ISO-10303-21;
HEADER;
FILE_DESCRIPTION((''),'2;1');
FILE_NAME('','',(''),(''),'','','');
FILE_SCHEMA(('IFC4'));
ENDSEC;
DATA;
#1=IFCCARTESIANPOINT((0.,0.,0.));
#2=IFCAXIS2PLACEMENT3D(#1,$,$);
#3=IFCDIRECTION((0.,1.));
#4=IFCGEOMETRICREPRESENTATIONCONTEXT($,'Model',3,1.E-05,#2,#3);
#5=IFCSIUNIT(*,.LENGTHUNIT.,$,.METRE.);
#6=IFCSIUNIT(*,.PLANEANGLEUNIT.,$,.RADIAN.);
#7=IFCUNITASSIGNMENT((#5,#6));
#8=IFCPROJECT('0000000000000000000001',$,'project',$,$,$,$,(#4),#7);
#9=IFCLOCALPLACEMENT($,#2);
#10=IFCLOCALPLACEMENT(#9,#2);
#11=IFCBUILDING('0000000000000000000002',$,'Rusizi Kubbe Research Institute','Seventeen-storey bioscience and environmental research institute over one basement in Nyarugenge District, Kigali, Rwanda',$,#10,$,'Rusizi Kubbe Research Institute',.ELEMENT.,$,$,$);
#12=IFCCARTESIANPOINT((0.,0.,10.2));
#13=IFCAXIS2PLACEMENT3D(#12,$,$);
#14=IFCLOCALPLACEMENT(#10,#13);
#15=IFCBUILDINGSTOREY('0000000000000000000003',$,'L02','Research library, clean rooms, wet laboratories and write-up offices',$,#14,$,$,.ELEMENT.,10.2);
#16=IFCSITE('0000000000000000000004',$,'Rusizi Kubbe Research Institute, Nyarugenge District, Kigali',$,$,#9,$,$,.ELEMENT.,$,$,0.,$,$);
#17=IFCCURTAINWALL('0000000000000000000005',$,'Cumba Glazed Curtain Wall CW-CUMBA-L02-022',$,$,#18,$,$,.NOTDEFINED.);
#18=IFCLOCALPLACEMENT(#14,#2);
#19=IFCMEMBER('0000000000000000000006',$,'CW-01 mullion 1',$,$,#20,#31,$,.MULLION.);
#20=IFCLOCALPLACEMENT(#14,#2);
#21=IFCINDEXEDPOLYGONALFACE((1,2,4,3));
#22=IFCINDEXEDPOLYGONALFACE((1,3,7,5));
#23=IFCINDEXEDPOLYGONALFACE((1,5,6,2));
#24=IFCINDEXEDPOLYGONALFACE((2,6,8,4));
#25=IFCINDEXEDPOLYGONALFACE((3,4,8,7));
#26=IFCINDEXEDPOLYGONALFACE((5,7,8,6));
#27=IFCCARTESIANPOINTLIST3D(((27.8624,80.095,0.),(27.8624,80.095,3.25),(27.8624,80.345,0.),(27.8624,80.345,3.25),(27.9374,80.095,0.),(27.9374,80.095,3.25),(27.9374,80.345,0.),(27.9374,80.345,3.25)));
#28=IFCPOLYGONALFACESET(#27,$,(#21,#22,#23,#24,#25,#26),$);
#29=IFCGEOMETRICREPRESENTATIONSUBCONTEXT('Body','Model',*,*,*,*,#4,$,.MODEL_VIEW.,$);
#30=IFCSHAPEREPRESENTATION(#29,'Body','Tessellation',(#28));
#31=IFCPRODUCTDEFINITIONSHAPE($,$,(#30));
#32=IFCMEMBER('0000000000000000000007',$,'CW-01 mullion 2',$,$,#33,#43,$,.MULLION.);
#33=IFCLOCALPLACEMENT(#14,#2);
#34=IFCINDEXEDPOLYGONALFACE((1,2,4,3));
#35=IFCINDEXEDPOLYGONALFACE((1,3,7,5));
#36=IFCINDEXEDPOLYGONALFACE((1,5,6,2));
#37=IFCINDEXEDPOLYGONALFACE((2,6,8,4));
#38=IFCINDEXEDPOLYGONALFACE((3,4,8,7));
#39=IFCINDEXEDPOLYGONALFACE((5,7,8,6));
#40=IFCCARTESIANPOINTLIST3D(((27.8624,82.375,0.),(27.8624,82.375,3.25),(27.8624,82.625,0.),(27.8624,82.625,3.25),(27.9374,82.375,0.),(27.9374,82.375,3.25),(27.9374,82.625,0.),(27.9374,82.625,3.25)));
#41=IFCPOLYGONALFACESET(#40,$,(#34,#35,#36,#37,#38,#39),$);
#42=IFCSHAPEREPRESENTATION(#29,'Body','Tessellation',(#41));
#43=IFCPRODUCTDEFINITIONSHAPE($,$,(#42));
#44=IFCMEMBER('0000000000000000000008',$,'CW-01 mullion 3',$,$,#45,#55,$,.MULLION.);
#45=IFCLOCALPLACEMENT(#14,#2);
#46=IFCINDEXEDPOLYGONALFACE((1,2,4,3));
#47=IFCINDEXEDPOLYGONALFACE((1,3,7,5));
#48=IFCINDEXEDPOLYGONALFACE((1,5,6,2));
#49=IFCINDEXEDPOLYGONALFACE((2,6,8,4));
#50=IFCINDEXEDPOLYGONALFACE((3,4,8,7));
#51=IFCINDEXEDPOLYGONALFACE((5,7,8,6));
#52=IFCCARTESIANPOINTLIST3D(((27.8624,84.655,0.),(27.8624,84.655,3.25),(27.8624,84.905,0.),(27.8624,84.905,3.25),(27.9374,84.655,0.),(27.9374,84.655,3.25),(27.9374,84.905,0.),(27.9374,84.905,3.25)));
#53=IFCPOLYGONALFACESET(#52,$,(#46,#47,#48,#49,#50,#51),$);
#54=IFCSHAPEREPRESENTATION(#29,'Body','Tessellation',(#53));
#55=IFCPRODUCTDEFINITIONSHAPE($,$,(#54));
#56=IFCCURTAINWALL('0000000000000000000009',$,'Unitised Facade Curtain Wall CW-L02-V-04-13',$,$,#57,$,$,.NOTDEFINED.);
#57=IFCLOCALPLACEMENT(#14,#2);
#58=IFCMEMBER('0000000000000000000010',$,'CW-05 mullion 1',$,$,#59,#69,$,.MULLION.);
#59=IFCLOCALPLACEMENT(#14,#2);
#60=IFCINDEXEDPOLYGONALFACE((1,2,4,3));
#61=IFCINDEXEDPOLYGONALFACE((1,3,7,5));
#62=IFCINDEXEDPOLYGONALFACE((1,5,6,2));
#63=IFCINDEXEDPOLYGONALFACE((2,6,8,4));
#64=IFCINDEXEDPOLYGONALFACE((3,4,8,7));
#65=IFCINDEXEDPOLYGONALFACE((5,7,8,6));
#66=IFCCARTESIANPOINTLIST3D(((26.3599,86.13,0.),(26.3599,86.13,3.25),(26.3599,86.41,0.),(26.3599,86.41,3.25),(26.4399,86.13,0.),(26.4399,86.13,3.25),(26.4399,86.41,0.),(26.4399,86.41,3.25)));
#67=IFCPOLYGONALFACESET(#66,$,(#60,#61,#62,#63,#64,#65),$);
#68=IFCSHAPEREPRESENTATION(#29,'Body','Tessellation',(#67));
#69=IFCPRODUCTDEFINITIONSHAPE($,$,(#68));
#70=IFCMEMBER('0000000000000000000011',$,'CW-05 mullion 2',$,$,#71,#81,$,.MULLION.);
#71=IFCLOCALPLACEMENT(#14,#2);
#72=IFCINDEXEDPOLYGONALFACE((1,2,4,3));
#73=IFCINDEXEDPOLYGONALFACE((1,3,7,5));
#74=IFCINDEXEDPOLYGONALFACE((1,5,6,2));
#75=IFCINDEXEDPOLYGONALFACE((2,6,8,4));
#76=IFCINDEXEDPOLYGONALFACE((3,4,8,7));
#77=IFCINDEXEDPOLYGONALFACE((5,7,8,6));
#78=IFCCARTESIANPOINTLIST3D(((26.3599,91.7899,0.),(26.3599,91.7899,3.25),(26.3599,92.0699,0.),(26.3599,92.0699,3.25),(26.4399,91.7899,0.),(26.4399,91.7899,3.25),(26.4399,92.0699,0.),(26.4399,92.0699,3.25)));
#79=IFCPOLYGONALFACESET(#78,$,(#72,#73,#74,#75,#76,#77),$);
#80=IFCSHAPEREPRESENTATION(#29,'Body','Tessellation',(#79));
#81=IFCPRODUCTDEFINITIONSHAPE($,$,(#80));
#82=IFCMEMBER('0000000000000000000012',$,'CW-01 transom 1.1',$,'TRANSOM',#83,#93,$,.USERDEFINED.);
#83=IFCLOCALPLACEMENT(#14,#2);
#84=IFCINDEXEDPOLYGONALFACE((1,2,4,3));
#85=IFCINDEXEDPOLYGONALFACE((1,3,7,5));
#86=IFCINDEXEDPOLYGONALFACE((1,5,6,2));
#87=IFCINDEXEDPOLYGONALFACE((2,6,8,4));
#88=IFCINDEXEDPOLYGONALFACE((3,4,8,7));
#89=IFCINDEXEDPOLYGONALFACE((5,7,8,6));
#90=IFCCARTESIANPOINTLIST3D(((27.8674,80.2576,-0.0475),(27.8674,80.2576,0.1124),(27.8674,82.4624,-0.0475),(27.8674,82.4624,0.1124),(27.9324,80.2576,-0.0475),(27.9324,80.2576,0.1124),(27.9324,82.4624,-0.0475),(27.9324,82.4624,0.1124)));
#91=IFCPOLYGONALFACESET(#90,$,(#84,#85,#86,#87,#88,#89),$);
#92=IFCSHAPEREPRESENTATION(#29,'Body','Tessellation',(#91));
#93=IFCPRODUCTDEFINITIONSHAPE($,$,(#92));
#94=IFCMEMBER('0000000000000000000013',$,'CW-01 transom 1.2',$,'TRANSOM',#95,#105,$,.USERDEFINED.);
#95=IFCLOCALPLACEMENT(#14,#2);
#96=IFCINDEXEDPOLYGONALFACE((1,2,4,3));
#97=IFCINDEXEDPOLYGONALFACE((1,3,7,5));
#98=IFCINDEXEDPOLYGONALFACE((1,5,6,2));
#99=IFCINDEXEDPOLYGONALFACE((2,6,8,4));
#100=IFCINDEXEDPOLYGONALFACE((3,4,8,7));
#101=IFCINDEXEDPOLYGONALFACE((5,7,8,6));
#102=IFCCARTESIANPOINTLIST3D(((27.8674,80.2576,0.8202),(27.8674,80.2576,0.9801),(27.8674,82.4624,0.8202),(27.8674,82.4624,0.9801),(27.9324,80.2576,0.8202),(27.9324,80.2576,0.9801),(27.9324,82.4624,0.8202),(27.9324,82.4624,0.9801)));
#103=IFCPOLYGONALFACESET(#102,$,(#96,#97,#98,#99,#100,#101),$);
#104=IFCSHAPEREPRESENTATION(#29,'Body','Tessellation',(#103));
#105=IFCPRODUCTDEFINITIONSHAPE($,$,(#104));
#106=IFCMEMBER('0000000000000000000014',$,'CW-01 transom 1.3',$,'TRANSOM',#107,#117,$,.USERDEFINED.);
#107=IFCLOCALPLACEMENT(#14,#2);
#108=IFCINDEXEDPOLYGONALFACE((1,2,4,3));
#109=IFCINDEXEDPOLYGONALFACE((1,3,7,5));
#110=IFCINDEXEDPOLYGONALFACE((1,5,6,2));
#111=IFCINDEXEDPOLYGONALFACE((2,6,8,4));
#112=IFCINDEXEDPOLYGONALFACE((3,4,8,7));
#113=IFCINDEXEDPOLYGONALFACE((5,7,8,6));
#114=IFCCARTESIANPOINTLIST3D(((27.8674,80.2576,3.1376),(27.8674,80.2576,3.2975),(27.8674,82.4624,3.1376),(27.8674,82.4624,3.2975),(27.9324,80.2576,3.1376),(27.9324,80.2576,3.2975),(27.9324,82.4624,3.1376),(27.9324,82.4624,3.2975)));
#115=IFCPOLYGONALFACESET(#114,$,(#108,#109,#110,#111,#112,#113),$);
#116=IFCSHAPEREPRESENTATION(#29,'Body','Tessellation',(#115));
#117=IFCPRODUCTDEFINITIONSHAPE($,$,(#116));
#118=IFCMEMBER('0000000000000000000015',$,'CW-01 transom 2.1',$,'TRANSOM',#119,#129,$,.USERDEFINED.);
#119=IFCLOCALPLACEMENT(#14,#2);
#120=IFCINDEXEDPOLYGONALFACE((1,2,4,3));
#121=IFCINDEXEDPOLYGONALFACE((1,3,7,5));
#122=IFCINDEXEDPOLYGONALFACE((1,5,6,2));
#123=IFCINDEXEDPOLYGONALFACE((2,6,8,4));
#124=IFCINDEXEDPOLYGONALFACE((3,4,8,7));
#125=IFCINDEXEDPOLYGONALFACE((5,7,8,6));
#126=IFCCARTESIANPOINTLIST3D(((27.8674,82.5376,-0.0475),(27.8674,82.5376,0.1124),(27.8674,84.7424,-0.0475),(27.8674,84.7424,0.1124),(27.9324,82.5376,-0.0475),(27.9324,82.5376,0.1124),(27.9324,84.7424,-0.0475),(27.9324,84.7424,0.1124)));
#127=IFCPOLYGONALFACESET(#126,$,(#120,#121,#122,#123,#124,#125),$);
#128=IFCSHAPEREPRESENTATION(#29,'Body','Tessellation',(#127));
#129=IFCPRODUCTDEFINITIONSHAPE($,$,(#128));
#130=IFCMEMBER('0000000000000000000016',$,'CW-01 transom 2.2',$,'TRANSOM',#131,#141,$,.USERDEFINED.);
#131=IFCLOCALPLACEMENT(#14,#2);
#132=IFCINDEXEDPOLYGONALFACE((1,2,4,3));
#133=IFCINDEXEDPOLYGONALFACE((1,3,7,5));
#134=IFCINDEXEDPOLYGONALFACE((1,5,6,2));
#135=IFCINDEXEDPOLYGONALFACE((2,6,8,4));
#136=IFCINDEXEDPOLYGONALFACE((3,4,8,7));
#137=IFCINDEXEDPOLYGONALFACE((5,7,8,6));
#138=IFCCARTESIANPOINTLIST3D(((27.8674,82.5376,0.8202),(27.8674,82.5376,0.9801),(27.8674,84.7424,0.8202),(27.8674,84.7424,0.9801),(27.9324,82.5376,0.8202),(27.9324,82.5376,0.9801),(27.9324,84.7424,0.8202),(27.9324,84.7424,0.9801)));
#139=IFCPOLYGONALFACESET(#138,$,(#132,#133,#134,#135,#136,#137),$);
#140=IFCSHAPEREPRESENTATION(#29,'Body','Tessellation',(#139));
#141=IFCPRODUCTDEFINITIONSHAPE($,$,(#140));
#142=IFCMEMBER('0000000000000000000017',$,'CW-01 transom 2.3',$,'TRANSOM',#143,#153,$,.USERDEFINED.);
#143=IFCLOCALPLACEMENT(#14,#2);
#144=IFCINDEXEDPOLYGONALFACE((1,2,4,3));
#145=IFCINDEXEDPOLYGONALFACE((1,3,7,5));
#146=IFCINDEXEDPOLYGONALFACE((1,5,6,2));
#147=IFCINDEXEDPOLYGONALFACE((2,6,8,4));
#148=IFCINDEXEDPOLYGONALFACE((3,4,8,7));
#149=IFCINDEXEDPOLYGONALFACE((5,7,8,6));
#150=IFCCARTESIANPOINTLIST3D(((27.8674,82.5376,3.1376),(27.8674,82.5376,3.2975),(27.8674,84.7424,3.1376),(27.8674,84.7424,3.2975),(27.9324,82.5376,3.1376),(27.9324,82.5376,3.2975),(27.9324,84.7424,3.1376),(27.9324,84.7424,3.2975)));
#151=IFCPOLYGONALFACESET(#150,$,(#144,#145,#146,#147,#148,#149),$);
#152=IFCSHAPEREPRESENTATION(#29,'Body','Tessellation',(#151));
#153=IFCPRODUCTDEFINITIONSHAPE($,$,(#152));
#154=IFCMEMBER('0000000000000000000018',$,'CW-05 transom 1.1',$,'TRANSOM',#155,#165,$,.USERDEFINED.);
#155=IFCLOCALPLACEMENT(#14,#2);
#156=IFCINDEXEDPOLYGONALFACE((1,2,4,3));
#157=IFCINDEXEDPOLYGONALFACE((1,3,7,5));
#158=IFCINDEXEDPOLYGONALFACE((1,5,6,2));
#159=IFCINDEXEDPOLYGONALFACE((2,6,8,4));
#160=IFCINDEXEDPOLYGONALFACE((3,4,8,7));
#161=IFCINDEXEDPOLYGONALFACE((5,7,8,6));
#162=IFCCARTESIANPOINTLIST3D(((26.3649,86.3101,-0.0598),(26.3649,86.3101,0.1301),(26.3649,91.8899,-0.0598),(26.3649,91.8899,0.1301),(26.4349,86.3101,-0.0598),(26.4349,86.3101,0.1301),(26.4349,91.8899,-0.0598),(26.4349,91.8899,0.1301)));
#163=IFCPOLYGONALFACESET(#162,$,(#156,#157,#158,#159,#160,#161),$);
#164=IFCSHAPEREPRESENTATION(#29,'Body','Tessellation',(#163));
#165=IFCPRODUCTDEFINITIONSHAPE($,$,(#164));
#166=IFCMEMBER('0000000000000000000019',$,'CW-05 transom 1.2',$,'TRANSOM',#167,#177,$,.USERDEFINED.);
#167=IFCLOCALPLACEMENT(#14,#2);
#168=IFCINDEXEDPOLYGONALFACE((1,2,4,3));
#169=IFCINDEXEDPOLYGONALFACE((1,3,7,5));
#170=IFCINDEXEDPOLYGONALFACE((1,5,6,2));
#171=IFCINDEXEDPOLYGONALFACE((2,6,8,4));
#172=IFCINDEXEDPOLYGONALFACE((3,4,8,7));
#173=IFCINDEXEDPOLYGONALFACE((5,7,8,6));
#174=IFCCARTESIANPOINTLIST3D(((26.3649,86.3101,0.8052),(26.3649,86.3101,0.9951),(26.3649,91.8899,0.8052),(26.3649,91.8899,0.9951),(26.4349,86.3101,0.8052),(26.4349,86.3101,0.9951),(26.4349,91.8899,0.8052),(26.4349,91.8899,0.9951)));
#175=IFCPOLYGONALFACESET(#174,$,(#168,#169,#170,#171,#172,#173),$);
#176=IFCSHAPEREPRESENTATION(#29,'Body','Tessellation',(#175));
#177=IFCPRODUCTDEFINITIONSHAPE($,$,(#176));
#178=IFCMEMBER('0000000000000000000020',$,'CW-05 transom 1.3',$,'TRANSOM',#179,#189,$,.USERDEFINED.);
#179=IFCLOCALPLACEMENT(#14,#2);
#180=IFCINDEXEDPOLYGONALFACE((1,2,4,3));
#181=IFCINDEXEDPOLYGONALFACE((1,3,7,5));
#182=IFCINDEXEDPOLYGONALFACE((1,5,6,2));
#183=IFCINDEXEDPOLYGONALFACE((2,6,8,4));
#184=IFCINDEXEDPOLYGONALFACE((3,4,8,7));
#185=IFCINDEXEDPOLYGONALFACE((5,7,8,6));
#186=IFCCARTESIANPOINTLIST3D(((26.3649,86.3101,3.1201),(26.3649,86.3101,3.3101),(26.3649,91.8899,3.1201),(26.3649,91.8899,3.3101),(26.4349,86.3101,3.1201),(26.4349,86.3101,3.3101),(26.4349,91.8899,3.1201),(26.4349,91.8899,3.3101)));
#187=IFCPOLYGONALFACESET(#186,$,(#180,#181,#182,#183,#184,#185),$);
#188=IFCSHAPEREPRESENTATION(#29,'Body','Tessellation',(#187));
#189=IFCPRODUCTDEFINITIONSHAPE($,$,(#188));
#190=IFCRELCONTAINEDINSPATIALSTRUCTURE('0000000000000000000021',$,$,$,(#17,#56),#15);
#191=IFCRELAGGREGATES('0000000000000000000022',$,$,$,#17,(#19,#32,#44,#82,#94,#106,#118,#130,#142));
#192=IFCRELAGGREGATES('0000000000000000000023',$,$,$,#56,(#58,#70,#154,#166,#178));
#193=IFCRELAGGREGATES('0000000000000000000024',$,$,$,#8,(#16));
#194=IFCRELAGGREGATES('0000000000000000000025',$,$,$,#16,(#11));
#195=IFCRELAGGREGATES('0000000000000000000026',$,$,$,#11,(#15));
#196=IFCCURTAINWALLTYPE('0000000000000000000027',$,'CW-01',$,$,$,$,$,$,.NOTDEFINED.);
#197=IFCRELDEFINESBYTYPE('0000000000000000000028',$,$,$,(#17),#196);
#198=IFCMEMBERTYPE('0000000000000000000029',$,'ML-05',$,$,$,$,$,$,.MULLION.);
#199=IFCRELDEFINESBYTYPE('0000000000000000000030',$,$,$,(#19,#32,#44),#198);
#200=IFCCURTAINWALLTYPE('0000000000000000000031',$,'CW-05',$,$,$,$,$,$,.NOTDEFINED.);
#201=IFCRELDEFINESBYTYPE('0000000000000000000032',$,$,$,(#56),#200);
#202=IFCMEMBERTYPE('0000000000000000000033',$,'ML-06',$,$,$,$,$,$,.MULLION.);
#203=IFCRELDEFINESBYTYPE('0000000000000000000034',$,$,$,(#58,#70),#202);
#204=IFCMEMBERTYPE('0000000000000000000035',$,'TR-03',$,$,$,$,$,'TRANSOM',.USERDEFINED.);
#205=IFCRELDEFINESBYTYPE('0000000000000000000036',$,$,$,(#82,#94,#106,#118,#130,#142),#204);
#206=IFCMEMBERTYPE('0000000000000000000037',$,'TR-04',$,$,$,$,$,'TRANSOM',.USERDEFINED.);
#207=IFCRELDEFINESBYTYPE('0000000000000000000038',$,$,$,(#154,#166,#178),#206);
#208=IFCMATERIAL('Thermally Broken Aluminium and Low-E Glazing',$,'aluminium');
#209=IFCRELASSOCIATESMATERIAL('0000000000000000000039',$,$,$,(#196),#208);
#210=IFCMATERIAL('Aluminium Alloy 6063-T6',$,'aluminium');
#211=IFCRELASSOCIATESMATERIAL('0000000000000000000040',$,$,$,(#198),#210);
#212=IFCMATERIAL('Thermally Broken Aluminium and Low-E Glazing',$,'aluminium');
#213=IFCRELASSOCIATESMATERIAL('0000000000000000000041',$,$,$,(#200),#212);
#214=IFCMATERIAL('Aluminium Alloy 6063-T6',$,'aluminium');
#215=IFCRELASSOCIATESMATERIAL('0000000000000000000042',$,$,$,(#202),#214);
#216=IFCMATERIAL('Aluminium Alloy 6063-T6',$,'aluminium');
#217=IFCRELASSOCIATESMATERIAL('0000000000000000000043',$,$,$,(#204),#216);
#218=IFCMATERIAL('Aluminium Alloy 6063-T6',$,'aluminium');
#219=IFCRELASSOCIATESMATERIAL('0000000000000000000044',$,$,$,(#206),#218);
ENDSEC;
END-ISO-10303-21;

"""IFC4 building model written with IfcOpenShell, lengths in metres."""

from ifc_helpers import new_model, si_unit, direction, frame, origin, origin_2d, place, context, subcontext, project, spatial, rectangle, extrude, material, material_profile, profile_set, type_object, element, aggregate, save


model = new_model("IFC4")

# Units and contexts
model_context = context("Model", 3, precision=1e-05, world=origin(), true_north=direction((0.0, 1.0)))
body_context = subcontext(model_context, "Body", "Model", "MODEL_VIEW")
ifc_project = project(units=[si_unit("LENGTHUNIT", "METRE"), si_unit("PLANEANGLEUNIT", "RADIAN")], contexts=[model_context])

# Site, building, storey
site_placement = place(None, origin())
site = spatial("IfcSite", under=ifc_project, at=site_placement, Name="Rusizi Kubbe Research Institute, Nyarugenge District, Kigali", CompositionType="ELEMENT", RefElevation=0.0)
building_placement = place(site_placement, origin())
building = spatial("IfcBuilding", under=site, at=building_placement, Name="Rusizi Kubbe Research Institute", Description="Seventeen-storey bioscience and environmental research institute over one basement in Nyarugenge District, Kigali, Rwanda", LongName="Rusizi Kubbe Research Institute", CompositionType="ELEMENT")
storey_placement = place(building_placement, frame((0.0, 0.0, 10.2)))
storey = spatial("IfcBuildingStorey", under=building, at=storey_placement, Name="L02", Description="Research library, clean rooms, wet laboratories and write-up offices", CompositionType="ELEMENT", Elevation=10.2)

# Curtain walls, members
ifc_material_1 = material(Name="Thermally Broken Aluminium and Low-E Glazing", Category="aluminium")
curtain_wall_type_1 = type_object("IfcCurtainWallType", Name="CW-01", PredefinedType="NOTDEFINED", material=ifc_material_1)
curtain_wall_1_placement = place(storey_placement, origin())
curtain_wall_1 = element("IfcCurtainWall", 1, at=curtain_wall_1_placement, inside=storey, type_object=curtain_wall_type_1, Name="Cumba Glazed Curtain Wall CW-CUMBA-L02-022", PredefinedType="NOTDEFINED")
ifc_material_2 = material(Name="Aluminium Alloy 6063-T6", Category="aluminium")
ifc_material_profile_1 = material_profile(ifc_material_2, rectangle(XDim=0.075, YDim=0.25, at=origin_2d()), Name="ALU-M 75x250")
ifc_profile_set_1 = profile_set([ifc_material_profile_1], Name="Aluminium Alloy 6063-T6")
member_type_1 = type_object("IfcMemberType", Name="ML-05", PredefinedType="MULLION", material=ifc_profile_set_1)
member_1_placement = place(storey_placement, frame((27.8999, 80.22, 0.0), z_axis=(0.0, 0.0, 1.0), x_axis=(-1.0, 0.0, 0.0)))
member_1 = element("IfcMember", 2, at=member_1_placement, type_object=member_type_1, Name="CW-01 mullion 1", PredefinedType="MULLION", context=body_context, shape_type="SweptSolid", body=[
    extrude(rectangle(XDim=0.075, YDim=0.25, at=origin_2d()), origin(), (0.0, 0.0, 1.0), 3.25),
])
member_2_placement = place(storey_placement, frame((27.8999, 82.5, 0.0), z_axis=(0.0, 0.0, 1.0), x_axis=(-1.0, 0.0, 0.0)))
member_2 = element("IfcMember", 3, at=member_2_placement, type_object=member_type_1, Name="CW-01 mullion 2", PredefinedType="MULLION", context=body_context, shape_type="SweptSolid", body=[
    extrude(rectangle(XDim=0.075, YDim=0.25, at=origin_2d()), origin(), (0.0, 0.0, 1.0), 3.25),
])
member_3_placement = place(storey_placement, frame((27.8999, 84.78, 0.0), z_axis=(0.0, 0.0, 1.0), x_axis=(-1.0, 0.0, 0.0)))
member_3 = element("IfcMember", 4, at=member_3_placement, type_object=member_type_1, Name="CW-01 mullion 3", PredefinedType="MULLION", context=body_context, shape_type="SweptSolid", body=[
    extrude(rectangle(XDim=0.075, YDim=0.25, at=origin_2d()), origin(), (0.0, 0.0, 1.0), 3.25),
])
ifc_material_3 = material(Name="Thermally Broken Aluminium and Low-E Glazing", Category="aluminium")
curtain_wall_type_2 = type_object("IfcCurtainWallType", Name="CW-05", PredefinedType="NOTDEFINED", material=ifc_material_3)
curtain_wall_2_placement = place(storey_placement, origin())
curtain_wall_2 = element("IfcCurtainWall", 5, at=curtain_wall_2_placement, inside=storey, type_object=curtain_wall_type_2, Name="Unitised Facade Curtain Wall CW-L02-V-04-13", PredefinedType="NOTDEFINED")
ifc_material_4 = material(Name="Aluminium Alloy 6063-T6", Category="aluminium")
ifc_material_profile_2 = material_profile(ifc_material_4, rectangle(XDim=0.0801, YDim=0.28, at=origin_2d()), Name="ALU-M 80x280")
ifc_profile_set_2 = profile_set([ifc_material_profile_2], Name="Aluminium Alloy 6063-T6")
member_type_2 = type_object("IfcMemberType", Name="ML-06", PredefinedType="MULLION", material=ifc_profile_set_2)
member_4_placement = place(storey_placement, frame((26.3999, 86.27, 0.0), z_axis=(0.0, 0.0, 1.0), x_axis=(-1.0, 0.0, 0.0)))
member_4 = element("IfcMember", 6, at=member_4_placement, type_object=member_type_2, Name="CW-05 mullion 1", PredefinedType="MULLION", context=body_context, shape_type="SweptSolid", body=[
    extrude(rectangle(XDim=0.0801, YDim=0.28, at=origin_2d()), origin(), (0.0, 0.0, 1.0), 3.25),
])
member_5_placement = place(storey_placement, frame((26.3999, 91.9299, 0.0), z_axis=(0.0, 0.0, 1.0), x_axis=(-1.0, 0.0, 0.0)))
member_5 = element("IfcMember", 7, at=member_5_placement, type_object=member_type_2, Name="CW-05 mullion 2", PredefinedType="MULLION", context=body_context, shape_type="SweptSolid", body=[
    extrude(rectangle(XDim=0.0801, YDim=0.28, at=origin_2d()), origin(), (0.0, 0.0, 1.0), 3.25),
])

# Members
ifc_material_5 = material(Name="Aluminium Alloy 6063-T6", Category="aluminium")
ifc_material_profile_3 = material_profile(ifc_material_5, rectangle(XDim=0.0649, YDim=0.1599, at=origin_2d()), Name="ALU-T 65x160")
ifc_profile_set_3 = profile_set([ifc_material_profile_3], Name="Aluminium Alloy 6063-T6")
member_type_3 = type_object("IfcMemberType", Name="TR-03", ElementType="TRANSOM", PredefinedType="USERDEFINED", material=ifc_profile_set_3)
member_6_placement = place(storey_placement, frame((27.8999, 80.2576, 0.0325), z_axis=(0.0, 1.0, 0.0), x_axis=(-1.0, 0.0, 0.0)))
member_6 = element("IfcMember", 8, at=member_6_placement, type_object=member_type_3, Name="CW-01 transom 1.1", ObjectType="TRANSOM", PredefinedType="USERDEFINED", context=body_context, shape_type="SweptSolid", body=[
    extrude(rectangle(XDim=0.0649, YDim=0.1599, at=origin_2d()), origin(), (0.0, 0.0, 1.0), 2.2048),
])
member_7_placement = place(storey_placement, frame((27.8999, 80.2576, 0.9001), z_axis=(0.0, 1.0, 0.0), x_axis=(-1.0, 0.0, 0.0)))
member_7 = element("IfcMember", 9, at=member_7_placement, type_object=member_type_3, Name="CW-01 transom 1.2", ObjectType="TRANSOM", PredefinedType="USERDEFINED", context=body_context, shape_type="SweptSolid", body=[
    extrude(rectangle(XDim=0.0649, YDim=0.1599, at=origin_2d()), origin(), (0.0, 0.0, 1.0), 2.2048),
])
member_8_placement = place(storey_placement, frame((27.8999, 80.2576, 3.2175), z_axis=(0.0, 1.0, 0.0), x_axis=(-1.0, 0.0, 0.0)))
member_8 = element("IfcMember", 10, at=member_8_placement, type_object=member_type_3, Name="CW-01 transom 1.3", ObjectType="TRANSOM", PredefinedType="USERDEFINED", context=body_context, shape_type="SweptSolid", body=[
    extrude(rectangle(XDim=0.0649, YDim=0.1599, at=origin_2d()), origin(), (0.0, 0.0, 1.0), 2.2048),
])
member_9_placement = place(storey_placement, frame((27.8999, 82.5376, 0.0325), z_axis=(0.0, 1.0, 0.0), x_axis=(-1.0, 0.0, 0.0)))
member_9 = element("IfcMember", 11, at=member_9_placement, type_object=member_type_3, Name="CW-01 transom 2.1", ObjectType="TRANSOM", PredefinedType="USERDEFINED", context=body_context, shape_type="SweptSolid", body=[
    extrude(rectangle(XDim=0.0649, YDim=0.1599, at=origin_2d()), origin(), (0.0, 0.0, 1.0), 2.2048),
])
member_10_placement = place(storey_placement, frame((27.8999, 82.5376, 0.9001), z_axis=(0.0, 1.0, 0.0), x_axis=(-1.0, 0.0, 0.0)))
member_10 = element("IfcMember", 12, at=member_10_placement, type_object=member_type_3, Name="CW-01 transom 2.2", ObjectType="TRANSOM", PredefinedType="USERDEFINED", context=body_context, shape_type="SweptSolid", body=[
    extrude(rectangle(XDim=0.0649, YDim=0.1599, at=origin_2d()), origin(), (0.0, 0.0, 1.0), 2.2048),
])
member_11_placement = place(storey_placement, frame((27.8999, 82.5376, 3.2175), z_axis=(0.0, 1.0, 0.0), x_axis=(-1.0, 0.0, 0.0)))
member_11 = element("IfcMember", 13, at=member_11_placement, type_object=member_type_3, Name="CW-01 transom 2.3", ObjectType="TRANSOM", PredefinedType="USERDEFINED", context=body_context, shape_type="SweptSolid", body=[
    extrude(rectangle(XDim=0.0649, YDim=0.1599, at=origin_2d()), origin(), (0.0, 0.0, 1.0), 2.2048),
])
ifc_material_6 = material(Name="Aluminium Alloy 6063-T6", Category="aluminium")
ifc_material_profile_4 = material_profile(ifc_material_6, rectangle(XDim=0.0701, YDim=0.1899, at=origin_2d()), Name="ALU-T 70x190")
ifc_profile_set_4 = profile_set([ifc_material_profile_4], Name="Aluminium Alloy 6063-T6")
member_type_4 = type_object("IfcMemberType", Name="TR-04", ElementType="TRANSOM", PredefinedType="USERDEFINED", material=ifc_profile_set_4)
member_12_placement = place(storey_placement, frame((26.3999, 86.3101, 0.0352), z_axis=(0.0, 1.0, 0.0), x_axis=(-1.0, 0.0, 0.0)))
member_12 = element("IfcMember", 14, at=member_12_placement, type_object=member_type_4, Name="CW-05 transom 1.1", ObjectType="TRANSOM", PredefinedType="USERDEFINED", context=body_context, shape_type="SweptSolid", body=[
    extrude(rectangle(XDim=0.0701, YDim=0.1899, at=origin_2d()), origin(), (0.0, 0.0, 1.0), 5.5798),
])
member_13_placement = place(storey_placement, frame((26.3999, 86.3101, 0.9001), z_axis=(0.0, 1.0, 0.0), x_axis=(-1.0, 0.0, 0.0)))
member_13 = element("IfcMember", 15, at=member_13_placement, type_object=member_type_4, Name="CW-05 transom 1.2", ObjectType="TRANSOM", PredefinedType="USERDEFINED", context=body_context, shape_type="SweptSolid", body=[
    extrude(rectangle(XDim=0.0701, YDim=0.1899, at=origin_2d()), origin(), (0.0, 0.0, 1.0), 5.5798),
])
member_14_placement = place(storey_placement, frame((26.3999, 86.3101, 3.2151), z_axis=(0.0, 1.0, 0.0), x_axis=(-1.0, 0.0, 0.0)))
member_14 = element("IfcMember", 16, at=member_14_placement, type_object=member_type_4, Name="CW-05 transom 1.3", ObjectType="TRANSOM", PredefinedType="USERDEFINED", context=body_context, shape_type="SweptSolid", body=[
    extrude(rectangle(XDim=0.0701, YDim=0.1899, at=origin_2d()), origin(), (0.0, 0.0, 1.0), 5.5798),
])

aggregate(curtain_wall_1, [member_1, member_2, member_3, member_6, member_7, member_8, member_9, member_10, member_11])
aggregate(curtain_wall_2, [member_4, member_5, member_12, member_13, member_14])

save(model, "model.ifc")
